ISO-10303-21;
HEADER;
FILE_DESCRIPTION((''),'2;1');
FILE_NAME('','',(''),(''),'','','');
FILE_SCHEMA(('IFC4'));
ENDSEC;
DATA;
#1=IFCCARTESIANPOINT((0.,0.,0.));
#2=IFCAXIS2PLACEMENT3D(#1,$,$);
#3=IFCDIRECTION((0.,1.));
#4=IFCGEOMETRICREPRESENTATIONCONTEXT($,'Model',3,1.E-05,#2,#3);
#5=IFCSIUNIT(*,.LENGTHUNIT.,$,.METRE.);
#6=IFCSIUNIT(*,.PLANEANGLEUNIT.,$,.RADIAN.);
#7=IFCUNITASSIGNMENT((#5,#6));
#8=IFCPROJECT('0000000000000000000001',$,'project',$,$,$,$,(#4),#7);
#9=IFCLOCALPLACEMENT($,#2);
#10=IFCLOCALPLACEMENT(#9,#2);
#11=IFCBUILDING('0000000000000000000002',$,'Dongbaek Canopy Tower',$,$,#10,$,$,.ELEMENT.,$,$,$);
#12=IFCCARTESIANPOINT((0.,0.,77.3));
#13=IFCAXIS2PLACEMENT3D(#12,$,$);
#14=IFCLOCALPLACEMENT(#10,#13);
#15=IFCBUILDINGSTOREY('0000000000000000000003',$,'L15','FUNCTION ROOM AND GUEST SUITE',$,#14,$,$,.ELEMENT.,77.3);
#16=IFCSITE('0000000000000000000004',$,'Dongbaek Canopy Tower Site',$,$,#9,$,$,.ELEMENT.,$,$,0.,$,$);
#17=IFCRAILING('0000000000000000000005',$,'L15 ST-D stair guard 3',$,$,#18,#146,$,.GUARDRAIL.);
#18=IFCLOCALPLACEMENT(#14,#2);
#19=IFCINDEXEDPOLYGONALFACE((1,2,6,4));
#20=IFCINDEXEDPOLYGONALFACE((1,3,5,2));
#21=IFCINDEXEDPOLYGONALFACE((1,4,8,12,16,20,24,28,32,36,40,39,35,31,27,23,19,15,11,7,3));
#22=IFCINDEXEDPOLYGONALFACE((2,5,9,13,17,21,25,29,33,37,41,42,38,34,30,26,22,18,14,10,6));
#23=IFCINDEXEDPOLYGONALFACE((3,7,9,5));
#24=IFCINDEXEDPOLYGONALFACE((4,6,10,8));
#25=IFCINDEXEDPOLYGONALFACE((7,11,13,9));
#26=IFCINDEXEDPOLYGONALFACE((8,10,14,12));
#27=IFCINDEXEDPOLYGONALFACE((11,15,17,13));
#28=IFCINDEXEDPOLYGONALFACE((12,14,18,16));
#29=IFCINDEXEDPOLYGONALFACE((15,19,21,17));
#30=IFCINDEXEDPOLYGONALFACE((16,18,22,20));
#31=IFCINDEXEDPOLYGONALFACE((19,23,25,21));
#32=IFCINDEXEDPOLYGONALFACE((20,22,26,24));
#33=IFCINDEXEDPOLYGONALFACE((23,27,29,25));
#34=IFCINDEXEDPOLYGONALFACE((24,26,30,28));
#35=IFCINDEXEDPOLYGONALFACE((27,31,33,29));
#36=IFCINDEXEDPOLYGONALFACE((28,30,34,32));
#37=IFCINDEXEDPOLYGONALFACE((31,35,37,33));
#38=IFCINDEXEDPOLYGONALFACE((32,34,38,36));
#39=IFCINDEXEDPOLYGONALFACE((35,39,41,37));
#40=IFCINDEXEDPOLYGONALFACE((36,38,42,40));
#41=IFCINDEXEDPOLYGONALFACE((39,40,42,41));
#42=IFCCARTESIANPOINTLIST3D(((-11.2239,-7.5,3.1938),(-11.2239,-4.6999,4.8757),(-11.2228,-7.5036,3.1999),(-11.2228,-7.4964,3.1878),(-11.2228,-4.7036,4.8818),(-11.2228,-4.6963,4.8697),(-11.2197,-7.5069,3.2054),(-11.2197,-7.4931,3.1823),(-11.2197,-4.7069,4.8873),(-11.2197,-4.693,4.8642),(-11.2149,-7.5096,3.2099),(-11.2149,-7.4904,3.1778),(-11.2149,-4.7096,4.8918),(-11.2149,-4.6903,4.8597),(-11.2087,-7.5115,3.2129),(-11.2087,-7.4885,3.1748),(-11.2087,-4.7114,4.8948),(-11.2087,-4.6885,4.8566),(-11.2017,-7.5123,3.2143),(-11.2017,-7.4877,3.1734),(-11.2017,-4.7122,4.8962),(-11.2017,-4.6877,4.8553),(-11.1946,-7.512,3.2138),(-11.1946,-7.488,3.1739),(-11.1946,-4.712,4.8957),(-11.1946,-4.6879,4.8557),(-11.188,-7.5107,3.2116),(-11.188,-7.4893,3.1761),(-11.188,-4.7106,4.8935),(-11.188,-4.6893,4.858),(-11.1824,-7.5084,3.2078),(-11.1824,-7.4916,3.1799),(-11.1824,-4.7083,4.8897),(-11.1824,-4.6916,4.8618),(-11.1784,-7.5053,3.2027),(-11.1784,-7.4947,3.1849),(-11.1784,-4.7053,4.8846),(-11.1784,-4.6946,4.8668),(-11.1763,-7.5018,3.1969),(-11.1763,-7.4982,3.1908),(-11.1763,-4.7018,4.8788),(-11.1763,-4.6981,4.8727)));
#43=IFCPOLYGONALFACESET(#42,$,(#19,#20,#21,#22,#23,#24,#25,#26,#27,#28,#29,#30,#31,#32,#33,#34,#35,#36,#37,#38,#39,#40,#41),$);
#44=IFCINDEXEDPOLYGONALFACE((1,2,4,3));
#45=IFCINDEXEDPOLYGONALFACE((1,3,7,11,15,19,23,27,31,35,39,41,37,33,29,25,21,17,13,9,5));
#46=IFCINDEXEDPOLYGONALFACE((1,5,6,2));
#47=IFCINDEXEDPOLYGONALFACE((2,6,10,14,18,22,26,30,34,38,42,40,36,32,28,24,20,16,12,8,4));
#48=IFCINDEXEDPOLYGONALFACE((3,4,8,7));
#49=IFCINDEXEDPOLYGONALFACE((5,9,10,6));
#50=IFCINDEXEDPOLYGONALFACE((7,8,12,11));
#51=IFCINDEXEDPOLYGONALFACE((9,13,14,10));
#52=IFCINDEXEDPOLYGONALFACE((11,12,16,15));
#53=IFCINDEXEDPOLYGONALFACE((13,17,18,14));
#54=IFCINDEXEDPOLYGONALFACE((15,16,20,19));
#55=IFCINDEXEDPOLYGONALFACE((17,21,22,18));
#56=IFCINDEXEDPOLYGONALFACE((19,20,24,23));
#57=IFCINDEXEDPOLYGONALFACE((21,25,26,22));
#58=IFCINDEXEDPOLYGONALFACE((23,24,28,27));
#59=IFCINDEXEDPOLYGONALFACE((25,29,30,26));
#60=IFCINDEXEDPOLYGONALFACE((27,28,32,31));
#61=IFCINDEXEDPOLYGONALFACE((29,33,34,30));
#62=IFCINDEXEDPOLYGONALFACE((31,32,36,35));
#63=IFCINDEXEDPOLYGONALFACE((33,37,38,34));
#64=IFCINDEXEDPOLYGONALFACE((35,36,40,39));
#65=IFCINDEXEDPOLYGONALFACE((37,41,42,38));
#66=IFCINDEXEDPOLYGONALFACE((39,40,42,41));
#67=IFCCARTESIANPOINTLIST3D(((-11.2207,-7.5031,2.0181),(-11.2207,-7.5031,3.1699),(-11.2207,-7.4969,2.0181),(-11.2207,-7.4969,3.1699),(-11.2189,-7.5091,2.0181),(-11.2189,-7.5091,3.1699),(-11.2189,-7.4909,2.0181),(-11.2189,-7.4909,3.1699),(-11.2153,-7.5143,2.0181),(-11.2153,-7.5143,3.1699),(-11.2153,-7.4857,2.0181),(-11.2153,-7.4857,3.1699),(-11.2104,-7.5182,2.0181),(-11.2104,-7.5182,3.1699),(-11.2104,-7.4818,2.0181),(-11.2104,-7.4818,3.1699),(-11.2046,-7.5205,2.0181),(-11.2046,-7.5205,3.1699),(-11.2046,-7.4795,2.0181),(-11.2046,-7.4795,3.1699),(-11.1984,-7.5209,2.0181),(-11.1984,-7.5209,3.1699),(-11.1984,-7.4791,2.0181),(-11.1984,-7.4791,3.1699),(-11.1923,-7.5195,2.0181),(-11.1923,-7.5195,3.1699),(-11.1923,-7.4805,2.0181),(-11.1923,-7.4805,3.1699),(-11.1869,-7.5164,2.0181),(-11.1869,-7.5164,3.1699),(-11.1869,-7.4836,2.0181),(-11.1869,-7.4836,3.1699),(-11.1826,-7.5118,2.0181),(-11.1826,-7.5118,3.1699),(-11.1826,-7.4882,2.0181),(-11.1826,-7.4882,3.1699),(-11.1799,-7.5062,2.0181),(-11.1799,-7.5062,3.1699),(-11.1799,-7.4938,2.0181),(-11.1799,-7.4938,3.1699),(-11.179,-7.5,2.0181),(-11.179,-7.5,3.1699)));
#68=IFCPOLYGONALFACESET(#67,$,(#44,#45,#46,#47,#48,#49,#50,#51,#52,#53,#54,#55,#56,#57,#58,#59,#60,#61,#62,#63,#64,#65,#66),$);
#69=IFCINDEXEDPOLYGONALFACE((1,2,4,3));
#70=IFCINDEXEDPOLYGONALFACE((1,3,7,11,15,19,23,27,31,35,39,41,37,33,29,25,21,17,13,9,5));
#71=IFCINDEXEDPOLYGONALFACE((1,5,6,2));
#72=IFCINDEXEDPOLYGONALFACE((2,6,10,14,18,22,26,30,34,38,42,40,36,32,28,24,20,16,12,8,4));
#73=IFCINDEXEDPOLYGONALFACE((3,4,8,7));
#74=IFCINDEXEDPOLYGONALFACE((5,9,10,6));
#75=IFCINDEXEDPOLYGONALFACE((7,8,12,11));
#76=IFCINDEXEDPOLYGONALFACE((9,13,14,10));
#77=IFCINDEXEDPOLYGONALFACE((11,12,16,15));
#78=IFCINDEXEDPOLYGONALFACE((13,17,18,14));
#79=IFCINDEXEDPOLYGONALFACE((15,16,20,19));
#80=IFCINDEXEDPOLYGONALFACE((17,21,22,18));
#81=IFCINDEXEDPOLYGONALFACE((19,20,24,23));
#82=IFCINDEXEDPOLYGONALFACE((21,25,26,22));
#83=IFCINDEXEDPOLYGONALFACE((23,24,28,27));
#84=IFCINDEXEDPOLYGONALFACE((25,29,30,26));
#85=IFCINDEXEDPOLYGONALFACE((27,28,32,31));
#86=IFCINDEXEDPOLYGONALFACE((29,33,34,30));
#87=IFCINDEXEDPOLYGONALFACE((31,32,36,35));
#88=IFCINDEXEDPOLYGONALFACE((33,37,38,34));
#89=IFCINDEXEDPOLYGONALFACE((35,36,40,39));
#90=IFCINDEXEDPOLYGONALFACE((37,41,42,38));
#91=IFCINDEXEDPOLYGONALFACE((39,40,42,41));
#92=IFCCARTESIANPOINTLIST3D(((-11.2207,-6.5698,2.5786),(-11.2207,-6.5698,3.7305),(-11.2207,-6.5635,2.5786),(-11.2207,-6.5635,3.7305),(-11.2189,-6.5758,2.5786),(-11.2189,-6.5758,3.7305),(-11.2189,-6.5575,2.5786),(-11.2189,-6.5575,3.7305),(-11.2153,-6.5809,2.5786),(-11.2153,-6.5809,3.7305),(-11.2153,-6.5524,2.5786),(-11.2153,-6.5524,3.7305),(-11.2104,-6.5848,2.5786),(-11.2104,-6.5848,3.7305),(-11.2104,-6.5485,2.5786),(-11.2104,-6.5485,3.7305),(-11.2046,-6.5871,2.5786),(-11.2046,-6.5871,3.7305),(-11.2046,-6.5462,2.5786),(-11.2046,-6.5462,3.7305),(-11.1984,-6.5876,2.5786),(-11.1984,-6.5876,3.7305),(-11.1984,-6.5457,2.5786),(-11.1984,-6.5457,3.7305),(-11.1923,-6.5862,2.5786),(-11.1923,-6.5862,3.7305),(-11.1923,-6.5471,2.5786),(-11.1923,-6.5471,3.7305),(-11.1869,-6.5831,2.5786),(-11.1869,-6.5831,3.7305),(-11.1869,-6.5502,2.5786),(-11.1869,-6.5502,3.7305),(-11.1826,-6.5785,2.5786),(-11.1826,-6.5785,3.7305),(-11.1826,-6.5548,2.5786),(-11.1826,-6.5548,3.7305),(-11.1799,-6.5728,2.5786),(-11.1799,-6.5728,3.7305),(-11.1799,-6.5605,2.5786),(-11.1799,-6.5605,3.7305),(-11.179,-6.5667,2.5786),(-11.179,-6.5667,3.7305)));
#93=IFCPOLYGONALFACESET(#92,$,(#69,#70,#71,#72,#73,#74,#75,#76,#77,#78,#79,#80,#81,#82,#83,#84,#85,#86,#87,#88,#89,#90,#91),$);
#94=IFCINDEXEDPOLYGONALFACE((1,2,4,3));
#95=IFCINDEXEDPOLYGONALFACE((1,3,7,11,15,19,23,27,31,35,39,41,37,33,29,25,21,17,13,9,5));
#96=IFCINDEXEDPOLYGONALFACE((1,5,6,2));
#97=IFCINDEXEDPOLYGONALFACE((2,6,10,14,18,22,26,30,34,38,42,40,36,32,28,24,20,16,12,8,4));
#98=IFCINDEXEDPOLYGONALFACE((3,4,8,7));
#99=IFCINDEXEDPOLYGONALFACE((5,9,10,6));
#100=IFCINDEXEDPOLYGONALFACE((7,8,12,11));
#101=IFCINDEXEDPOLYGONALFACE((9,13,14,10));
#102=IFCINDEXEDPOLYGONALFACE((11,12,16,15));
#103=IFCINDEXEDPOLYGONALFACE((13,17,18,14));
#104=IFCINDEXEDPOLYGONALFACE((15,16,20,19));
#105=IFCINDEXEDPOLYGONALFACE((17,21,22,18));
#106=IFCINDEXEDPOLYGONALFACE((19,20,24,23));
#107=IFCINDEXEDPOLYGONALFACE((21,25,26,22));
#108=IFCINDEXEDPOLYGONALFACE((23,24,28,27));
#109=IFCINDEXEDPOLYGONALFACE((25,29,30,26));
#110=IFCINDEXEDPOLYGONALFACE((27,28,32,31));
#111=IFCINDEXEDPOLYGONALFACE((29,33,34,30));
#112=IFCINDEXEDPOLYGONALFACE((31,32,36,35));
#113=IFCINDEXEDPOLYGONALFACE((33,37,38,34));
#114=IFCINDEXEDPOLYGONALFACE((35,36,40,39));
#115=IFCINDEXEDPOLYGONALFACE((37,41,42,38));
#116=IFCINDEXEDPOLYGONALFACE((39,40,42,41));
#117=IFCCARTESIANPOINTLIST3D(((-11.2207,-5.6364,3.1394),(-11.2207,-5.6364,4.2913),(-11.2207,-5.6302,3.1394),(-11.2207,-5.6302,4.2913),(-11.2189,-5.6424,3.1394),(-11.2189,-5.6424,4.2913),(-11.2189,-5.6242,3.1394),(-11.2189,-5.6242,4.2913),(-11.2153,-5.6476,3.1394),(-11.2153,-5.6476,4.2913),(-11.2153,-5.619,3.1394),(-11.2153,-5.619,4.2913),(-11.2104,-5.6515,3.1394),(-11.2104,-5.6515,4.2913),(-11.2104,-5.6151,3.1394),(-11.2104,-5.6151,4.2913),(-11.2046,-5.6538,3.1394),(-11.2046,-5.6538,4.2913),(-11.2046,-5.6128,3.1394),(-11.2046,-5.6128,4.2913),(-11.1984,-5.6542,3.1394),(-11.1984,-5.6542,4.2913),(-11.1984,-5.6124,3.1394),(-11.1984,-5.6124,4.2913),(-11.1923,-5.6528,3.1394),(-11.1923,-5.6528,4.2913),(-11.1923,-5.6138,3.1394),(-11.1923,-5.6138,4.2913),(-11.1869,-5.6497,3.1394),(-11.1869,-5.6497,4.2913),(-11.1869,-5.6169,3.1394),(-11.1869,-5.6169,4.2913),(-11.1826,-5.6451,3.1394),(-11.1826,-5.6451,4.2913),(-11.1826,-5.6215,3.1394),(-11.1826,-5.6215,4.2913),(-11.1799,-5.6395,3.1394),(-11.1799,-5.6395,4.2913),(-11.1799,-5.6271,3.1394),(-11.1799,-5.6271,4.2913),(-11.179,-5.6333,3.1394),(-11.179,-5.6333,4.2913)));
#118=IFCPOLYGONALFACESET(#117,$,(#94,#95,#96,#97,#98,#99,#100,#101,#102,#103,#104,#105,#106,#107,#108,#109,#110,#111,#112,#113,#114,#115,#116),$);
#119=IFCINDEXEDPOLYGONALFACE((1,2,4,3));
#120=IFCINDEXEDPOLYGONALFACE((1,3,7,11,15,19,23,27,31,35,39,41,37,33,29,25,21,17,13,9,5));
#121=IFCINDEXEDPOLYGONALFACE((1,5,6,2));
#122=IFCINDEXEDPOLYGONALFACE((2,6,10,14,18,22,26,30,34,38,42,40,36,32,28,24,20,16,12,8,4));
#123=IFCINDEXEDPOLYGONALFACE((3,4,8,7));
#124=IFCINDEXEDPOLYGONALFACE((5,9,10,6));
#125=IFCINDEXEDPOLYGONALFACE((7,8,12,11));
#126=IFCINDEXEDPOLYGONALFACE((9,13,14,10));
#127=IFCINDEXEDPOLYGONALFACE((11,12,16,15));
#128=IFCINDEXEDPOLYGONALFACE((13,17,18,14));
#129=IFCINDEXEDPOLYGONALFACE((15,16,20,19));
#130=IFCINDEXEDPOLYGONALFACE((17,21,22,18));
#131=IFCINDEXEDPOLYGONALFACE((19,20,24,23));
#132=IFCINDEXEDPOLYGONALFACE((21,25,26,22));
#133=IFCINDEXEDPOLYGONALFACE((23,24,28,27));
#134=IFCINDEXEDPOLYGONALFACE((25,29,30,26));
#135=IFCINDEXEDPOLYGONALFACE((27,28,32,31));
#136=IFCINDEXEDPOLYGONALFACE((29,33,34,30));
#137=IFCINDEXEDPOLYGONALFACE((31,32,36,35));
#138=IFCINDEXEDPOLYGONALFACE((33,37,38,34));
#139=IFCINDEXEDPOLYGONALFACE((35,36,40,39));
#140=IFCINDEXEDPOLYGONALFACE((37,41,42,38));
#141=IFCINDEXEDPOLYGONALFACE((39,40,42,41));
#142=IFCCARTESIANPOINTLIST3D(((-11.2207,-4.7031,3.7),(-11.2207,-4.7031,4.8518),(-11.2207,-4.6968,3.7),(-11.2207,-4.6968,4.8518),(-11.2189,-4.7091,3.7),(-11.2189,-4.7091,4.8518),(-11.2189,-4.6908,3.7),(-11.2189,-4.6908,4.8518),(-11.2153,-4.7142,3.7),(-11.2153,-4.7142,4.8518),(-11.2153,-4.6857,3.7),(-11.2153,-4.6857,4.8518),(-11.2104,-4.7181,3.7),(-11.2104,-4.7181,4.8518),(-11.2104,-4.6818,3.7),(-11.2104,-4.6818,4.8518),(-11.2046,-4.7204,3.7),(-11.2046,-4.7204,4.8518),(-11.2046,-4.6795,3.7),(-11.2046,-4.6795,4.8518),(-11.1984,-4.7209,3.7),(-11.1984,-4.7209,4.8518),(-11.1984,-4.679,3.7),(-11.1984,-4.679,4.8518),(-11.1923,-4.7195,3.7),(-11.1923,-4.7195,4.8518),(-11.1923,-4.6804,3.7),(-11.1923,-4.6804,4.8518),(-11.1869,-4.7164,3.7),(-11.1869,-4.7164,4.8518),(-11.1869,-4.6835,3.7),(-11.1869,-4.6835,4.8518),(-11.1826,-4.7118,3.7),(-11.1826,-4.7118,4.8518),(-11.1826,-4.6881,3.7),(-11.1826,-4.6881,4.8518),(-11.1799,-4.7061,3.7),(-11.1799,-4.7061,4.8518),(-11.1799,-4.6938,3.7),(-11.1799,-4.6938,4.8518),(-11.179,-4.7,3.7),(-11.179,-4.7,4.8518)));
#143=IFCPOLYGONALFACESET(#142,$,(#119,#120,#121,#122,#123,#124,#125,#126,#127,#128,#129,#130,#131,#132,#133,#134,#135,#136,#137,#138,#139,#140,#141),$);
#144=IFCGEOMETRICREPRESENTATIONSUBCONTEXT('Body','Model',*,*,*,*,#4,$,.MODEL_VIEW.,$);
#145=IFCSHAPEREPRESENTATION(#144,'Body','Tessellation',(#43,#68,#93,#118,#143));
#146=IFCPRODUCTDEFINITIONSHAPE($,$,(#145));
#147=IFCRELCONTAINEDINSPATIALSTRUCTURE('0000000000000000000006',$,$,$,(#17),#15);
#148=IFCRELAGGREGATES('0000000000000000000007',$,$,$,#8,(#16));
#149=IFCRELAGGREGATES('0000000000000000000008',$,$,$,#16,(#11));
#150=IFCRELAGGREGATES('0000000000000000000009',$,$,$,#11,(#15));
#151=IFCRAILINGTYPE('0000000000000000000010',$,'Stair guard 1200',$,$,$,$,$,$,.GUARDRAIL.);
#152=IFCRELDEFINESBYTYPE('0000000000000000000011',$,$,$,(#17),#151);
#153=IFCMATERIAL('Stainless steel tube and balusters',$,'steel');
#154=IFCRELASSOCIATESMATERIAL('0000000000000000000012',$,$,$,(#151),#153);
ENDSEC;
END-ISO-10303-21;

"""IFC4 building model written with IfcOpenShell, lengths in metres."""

from ifc_helpers import new_model, si_unit, direction, frame, origin, origin_2d, place, context, subcontext, project, spatial, circle, extrude, material, type_object, element, save


model = new_model("IFC4")

# Units and contexts
model_context = context("Model", 3, precision=1e-05, world=origin(), true_north=direction((0.0, 1.0)))
body_context = subcontext(model_context, "Body", "Model", "MODEL_VIEW")
ifc_project = project(units=[si_unit("LENGTHUNIT", "METRE"), si_unit("PLANEANGLEUNIT", "RADIAN")], contexts=[model_context])

# Site, building, storey
site_placement = place(None, origin())
site = spatial("IfcSite", under=ifc_project, at=site_placement, Name="Dongbaek Canopy Tower Site", CompositionType="ELEMENT", RefElevation=0.0)
building_placement = place(site_placement, origin())
building = spatial("IfcBuilding", under=site, at=building_placement, Name="Dongbaek Canopy Tower", CompositionType="ELEMENT")
storey_placement = place(building_placement, frame((0.0, 0.0, 77.3)))
storey = spatial("IfcBuildingStorey", under=building, at=storey_placement, Name="L15", Description="FUNCTION ROOM AND GUEST SUITE", CompositionType="ELEMENT", Elevation=77.3)

# Railing
ifc_material_1 = material(Name="Stainless steel tube and balusters", Category="steel")
railing_type_1 = type_object("IfcRailingType", Name="Stair guard 1200", PredefinedType="GUARDRAIL", material=ifc_material_1)
railing_1_placement = place(storey_placement, frame((-11.2, -7.5, 2.0181)))
element("IfcRailing", 1, at=railing_1_placement, inside=storey, type_object=railing_type_1, Name="L15 ST-D stair guard 3", PredefinedType="GUARDRAIL", context=body_context, shape_type="SweptSolid", body=[
    extrude(circle(Radius=0.0239, at=origin_2d()), frame((0.0, 0.0, 1.1758), z_axis=(0.0, 0.857242, 0.514913), x_axis=(-1.0, 0.0, 0.0)), (0.0, 0.0, 1.0), 3.2664),
    extrude(circle(Radius=0.021, at=origin_2d()), origin(), (0.0, 0.0, 1.0), 1.1519),
    extrude(circle(Radius=0.021, at=origin_2d()), frame((0.0, 0.9333, 0.5605)), (0.0, 0.0, 1.0), 1.1519),
    extrude(circle(Radius=0.021, at=origin_2d()), frame((0.0, 1.8667, 1.1213)), (0.0, 0.0, 1.0), 1.1519),
    extrude(circle(Radius=0.021, at=origin_2d()), frame((0.0, 2.8, 1.6819)), (0.0, 0.0, 1.0), 1.1519),
])

save(model, "model.ifc")
